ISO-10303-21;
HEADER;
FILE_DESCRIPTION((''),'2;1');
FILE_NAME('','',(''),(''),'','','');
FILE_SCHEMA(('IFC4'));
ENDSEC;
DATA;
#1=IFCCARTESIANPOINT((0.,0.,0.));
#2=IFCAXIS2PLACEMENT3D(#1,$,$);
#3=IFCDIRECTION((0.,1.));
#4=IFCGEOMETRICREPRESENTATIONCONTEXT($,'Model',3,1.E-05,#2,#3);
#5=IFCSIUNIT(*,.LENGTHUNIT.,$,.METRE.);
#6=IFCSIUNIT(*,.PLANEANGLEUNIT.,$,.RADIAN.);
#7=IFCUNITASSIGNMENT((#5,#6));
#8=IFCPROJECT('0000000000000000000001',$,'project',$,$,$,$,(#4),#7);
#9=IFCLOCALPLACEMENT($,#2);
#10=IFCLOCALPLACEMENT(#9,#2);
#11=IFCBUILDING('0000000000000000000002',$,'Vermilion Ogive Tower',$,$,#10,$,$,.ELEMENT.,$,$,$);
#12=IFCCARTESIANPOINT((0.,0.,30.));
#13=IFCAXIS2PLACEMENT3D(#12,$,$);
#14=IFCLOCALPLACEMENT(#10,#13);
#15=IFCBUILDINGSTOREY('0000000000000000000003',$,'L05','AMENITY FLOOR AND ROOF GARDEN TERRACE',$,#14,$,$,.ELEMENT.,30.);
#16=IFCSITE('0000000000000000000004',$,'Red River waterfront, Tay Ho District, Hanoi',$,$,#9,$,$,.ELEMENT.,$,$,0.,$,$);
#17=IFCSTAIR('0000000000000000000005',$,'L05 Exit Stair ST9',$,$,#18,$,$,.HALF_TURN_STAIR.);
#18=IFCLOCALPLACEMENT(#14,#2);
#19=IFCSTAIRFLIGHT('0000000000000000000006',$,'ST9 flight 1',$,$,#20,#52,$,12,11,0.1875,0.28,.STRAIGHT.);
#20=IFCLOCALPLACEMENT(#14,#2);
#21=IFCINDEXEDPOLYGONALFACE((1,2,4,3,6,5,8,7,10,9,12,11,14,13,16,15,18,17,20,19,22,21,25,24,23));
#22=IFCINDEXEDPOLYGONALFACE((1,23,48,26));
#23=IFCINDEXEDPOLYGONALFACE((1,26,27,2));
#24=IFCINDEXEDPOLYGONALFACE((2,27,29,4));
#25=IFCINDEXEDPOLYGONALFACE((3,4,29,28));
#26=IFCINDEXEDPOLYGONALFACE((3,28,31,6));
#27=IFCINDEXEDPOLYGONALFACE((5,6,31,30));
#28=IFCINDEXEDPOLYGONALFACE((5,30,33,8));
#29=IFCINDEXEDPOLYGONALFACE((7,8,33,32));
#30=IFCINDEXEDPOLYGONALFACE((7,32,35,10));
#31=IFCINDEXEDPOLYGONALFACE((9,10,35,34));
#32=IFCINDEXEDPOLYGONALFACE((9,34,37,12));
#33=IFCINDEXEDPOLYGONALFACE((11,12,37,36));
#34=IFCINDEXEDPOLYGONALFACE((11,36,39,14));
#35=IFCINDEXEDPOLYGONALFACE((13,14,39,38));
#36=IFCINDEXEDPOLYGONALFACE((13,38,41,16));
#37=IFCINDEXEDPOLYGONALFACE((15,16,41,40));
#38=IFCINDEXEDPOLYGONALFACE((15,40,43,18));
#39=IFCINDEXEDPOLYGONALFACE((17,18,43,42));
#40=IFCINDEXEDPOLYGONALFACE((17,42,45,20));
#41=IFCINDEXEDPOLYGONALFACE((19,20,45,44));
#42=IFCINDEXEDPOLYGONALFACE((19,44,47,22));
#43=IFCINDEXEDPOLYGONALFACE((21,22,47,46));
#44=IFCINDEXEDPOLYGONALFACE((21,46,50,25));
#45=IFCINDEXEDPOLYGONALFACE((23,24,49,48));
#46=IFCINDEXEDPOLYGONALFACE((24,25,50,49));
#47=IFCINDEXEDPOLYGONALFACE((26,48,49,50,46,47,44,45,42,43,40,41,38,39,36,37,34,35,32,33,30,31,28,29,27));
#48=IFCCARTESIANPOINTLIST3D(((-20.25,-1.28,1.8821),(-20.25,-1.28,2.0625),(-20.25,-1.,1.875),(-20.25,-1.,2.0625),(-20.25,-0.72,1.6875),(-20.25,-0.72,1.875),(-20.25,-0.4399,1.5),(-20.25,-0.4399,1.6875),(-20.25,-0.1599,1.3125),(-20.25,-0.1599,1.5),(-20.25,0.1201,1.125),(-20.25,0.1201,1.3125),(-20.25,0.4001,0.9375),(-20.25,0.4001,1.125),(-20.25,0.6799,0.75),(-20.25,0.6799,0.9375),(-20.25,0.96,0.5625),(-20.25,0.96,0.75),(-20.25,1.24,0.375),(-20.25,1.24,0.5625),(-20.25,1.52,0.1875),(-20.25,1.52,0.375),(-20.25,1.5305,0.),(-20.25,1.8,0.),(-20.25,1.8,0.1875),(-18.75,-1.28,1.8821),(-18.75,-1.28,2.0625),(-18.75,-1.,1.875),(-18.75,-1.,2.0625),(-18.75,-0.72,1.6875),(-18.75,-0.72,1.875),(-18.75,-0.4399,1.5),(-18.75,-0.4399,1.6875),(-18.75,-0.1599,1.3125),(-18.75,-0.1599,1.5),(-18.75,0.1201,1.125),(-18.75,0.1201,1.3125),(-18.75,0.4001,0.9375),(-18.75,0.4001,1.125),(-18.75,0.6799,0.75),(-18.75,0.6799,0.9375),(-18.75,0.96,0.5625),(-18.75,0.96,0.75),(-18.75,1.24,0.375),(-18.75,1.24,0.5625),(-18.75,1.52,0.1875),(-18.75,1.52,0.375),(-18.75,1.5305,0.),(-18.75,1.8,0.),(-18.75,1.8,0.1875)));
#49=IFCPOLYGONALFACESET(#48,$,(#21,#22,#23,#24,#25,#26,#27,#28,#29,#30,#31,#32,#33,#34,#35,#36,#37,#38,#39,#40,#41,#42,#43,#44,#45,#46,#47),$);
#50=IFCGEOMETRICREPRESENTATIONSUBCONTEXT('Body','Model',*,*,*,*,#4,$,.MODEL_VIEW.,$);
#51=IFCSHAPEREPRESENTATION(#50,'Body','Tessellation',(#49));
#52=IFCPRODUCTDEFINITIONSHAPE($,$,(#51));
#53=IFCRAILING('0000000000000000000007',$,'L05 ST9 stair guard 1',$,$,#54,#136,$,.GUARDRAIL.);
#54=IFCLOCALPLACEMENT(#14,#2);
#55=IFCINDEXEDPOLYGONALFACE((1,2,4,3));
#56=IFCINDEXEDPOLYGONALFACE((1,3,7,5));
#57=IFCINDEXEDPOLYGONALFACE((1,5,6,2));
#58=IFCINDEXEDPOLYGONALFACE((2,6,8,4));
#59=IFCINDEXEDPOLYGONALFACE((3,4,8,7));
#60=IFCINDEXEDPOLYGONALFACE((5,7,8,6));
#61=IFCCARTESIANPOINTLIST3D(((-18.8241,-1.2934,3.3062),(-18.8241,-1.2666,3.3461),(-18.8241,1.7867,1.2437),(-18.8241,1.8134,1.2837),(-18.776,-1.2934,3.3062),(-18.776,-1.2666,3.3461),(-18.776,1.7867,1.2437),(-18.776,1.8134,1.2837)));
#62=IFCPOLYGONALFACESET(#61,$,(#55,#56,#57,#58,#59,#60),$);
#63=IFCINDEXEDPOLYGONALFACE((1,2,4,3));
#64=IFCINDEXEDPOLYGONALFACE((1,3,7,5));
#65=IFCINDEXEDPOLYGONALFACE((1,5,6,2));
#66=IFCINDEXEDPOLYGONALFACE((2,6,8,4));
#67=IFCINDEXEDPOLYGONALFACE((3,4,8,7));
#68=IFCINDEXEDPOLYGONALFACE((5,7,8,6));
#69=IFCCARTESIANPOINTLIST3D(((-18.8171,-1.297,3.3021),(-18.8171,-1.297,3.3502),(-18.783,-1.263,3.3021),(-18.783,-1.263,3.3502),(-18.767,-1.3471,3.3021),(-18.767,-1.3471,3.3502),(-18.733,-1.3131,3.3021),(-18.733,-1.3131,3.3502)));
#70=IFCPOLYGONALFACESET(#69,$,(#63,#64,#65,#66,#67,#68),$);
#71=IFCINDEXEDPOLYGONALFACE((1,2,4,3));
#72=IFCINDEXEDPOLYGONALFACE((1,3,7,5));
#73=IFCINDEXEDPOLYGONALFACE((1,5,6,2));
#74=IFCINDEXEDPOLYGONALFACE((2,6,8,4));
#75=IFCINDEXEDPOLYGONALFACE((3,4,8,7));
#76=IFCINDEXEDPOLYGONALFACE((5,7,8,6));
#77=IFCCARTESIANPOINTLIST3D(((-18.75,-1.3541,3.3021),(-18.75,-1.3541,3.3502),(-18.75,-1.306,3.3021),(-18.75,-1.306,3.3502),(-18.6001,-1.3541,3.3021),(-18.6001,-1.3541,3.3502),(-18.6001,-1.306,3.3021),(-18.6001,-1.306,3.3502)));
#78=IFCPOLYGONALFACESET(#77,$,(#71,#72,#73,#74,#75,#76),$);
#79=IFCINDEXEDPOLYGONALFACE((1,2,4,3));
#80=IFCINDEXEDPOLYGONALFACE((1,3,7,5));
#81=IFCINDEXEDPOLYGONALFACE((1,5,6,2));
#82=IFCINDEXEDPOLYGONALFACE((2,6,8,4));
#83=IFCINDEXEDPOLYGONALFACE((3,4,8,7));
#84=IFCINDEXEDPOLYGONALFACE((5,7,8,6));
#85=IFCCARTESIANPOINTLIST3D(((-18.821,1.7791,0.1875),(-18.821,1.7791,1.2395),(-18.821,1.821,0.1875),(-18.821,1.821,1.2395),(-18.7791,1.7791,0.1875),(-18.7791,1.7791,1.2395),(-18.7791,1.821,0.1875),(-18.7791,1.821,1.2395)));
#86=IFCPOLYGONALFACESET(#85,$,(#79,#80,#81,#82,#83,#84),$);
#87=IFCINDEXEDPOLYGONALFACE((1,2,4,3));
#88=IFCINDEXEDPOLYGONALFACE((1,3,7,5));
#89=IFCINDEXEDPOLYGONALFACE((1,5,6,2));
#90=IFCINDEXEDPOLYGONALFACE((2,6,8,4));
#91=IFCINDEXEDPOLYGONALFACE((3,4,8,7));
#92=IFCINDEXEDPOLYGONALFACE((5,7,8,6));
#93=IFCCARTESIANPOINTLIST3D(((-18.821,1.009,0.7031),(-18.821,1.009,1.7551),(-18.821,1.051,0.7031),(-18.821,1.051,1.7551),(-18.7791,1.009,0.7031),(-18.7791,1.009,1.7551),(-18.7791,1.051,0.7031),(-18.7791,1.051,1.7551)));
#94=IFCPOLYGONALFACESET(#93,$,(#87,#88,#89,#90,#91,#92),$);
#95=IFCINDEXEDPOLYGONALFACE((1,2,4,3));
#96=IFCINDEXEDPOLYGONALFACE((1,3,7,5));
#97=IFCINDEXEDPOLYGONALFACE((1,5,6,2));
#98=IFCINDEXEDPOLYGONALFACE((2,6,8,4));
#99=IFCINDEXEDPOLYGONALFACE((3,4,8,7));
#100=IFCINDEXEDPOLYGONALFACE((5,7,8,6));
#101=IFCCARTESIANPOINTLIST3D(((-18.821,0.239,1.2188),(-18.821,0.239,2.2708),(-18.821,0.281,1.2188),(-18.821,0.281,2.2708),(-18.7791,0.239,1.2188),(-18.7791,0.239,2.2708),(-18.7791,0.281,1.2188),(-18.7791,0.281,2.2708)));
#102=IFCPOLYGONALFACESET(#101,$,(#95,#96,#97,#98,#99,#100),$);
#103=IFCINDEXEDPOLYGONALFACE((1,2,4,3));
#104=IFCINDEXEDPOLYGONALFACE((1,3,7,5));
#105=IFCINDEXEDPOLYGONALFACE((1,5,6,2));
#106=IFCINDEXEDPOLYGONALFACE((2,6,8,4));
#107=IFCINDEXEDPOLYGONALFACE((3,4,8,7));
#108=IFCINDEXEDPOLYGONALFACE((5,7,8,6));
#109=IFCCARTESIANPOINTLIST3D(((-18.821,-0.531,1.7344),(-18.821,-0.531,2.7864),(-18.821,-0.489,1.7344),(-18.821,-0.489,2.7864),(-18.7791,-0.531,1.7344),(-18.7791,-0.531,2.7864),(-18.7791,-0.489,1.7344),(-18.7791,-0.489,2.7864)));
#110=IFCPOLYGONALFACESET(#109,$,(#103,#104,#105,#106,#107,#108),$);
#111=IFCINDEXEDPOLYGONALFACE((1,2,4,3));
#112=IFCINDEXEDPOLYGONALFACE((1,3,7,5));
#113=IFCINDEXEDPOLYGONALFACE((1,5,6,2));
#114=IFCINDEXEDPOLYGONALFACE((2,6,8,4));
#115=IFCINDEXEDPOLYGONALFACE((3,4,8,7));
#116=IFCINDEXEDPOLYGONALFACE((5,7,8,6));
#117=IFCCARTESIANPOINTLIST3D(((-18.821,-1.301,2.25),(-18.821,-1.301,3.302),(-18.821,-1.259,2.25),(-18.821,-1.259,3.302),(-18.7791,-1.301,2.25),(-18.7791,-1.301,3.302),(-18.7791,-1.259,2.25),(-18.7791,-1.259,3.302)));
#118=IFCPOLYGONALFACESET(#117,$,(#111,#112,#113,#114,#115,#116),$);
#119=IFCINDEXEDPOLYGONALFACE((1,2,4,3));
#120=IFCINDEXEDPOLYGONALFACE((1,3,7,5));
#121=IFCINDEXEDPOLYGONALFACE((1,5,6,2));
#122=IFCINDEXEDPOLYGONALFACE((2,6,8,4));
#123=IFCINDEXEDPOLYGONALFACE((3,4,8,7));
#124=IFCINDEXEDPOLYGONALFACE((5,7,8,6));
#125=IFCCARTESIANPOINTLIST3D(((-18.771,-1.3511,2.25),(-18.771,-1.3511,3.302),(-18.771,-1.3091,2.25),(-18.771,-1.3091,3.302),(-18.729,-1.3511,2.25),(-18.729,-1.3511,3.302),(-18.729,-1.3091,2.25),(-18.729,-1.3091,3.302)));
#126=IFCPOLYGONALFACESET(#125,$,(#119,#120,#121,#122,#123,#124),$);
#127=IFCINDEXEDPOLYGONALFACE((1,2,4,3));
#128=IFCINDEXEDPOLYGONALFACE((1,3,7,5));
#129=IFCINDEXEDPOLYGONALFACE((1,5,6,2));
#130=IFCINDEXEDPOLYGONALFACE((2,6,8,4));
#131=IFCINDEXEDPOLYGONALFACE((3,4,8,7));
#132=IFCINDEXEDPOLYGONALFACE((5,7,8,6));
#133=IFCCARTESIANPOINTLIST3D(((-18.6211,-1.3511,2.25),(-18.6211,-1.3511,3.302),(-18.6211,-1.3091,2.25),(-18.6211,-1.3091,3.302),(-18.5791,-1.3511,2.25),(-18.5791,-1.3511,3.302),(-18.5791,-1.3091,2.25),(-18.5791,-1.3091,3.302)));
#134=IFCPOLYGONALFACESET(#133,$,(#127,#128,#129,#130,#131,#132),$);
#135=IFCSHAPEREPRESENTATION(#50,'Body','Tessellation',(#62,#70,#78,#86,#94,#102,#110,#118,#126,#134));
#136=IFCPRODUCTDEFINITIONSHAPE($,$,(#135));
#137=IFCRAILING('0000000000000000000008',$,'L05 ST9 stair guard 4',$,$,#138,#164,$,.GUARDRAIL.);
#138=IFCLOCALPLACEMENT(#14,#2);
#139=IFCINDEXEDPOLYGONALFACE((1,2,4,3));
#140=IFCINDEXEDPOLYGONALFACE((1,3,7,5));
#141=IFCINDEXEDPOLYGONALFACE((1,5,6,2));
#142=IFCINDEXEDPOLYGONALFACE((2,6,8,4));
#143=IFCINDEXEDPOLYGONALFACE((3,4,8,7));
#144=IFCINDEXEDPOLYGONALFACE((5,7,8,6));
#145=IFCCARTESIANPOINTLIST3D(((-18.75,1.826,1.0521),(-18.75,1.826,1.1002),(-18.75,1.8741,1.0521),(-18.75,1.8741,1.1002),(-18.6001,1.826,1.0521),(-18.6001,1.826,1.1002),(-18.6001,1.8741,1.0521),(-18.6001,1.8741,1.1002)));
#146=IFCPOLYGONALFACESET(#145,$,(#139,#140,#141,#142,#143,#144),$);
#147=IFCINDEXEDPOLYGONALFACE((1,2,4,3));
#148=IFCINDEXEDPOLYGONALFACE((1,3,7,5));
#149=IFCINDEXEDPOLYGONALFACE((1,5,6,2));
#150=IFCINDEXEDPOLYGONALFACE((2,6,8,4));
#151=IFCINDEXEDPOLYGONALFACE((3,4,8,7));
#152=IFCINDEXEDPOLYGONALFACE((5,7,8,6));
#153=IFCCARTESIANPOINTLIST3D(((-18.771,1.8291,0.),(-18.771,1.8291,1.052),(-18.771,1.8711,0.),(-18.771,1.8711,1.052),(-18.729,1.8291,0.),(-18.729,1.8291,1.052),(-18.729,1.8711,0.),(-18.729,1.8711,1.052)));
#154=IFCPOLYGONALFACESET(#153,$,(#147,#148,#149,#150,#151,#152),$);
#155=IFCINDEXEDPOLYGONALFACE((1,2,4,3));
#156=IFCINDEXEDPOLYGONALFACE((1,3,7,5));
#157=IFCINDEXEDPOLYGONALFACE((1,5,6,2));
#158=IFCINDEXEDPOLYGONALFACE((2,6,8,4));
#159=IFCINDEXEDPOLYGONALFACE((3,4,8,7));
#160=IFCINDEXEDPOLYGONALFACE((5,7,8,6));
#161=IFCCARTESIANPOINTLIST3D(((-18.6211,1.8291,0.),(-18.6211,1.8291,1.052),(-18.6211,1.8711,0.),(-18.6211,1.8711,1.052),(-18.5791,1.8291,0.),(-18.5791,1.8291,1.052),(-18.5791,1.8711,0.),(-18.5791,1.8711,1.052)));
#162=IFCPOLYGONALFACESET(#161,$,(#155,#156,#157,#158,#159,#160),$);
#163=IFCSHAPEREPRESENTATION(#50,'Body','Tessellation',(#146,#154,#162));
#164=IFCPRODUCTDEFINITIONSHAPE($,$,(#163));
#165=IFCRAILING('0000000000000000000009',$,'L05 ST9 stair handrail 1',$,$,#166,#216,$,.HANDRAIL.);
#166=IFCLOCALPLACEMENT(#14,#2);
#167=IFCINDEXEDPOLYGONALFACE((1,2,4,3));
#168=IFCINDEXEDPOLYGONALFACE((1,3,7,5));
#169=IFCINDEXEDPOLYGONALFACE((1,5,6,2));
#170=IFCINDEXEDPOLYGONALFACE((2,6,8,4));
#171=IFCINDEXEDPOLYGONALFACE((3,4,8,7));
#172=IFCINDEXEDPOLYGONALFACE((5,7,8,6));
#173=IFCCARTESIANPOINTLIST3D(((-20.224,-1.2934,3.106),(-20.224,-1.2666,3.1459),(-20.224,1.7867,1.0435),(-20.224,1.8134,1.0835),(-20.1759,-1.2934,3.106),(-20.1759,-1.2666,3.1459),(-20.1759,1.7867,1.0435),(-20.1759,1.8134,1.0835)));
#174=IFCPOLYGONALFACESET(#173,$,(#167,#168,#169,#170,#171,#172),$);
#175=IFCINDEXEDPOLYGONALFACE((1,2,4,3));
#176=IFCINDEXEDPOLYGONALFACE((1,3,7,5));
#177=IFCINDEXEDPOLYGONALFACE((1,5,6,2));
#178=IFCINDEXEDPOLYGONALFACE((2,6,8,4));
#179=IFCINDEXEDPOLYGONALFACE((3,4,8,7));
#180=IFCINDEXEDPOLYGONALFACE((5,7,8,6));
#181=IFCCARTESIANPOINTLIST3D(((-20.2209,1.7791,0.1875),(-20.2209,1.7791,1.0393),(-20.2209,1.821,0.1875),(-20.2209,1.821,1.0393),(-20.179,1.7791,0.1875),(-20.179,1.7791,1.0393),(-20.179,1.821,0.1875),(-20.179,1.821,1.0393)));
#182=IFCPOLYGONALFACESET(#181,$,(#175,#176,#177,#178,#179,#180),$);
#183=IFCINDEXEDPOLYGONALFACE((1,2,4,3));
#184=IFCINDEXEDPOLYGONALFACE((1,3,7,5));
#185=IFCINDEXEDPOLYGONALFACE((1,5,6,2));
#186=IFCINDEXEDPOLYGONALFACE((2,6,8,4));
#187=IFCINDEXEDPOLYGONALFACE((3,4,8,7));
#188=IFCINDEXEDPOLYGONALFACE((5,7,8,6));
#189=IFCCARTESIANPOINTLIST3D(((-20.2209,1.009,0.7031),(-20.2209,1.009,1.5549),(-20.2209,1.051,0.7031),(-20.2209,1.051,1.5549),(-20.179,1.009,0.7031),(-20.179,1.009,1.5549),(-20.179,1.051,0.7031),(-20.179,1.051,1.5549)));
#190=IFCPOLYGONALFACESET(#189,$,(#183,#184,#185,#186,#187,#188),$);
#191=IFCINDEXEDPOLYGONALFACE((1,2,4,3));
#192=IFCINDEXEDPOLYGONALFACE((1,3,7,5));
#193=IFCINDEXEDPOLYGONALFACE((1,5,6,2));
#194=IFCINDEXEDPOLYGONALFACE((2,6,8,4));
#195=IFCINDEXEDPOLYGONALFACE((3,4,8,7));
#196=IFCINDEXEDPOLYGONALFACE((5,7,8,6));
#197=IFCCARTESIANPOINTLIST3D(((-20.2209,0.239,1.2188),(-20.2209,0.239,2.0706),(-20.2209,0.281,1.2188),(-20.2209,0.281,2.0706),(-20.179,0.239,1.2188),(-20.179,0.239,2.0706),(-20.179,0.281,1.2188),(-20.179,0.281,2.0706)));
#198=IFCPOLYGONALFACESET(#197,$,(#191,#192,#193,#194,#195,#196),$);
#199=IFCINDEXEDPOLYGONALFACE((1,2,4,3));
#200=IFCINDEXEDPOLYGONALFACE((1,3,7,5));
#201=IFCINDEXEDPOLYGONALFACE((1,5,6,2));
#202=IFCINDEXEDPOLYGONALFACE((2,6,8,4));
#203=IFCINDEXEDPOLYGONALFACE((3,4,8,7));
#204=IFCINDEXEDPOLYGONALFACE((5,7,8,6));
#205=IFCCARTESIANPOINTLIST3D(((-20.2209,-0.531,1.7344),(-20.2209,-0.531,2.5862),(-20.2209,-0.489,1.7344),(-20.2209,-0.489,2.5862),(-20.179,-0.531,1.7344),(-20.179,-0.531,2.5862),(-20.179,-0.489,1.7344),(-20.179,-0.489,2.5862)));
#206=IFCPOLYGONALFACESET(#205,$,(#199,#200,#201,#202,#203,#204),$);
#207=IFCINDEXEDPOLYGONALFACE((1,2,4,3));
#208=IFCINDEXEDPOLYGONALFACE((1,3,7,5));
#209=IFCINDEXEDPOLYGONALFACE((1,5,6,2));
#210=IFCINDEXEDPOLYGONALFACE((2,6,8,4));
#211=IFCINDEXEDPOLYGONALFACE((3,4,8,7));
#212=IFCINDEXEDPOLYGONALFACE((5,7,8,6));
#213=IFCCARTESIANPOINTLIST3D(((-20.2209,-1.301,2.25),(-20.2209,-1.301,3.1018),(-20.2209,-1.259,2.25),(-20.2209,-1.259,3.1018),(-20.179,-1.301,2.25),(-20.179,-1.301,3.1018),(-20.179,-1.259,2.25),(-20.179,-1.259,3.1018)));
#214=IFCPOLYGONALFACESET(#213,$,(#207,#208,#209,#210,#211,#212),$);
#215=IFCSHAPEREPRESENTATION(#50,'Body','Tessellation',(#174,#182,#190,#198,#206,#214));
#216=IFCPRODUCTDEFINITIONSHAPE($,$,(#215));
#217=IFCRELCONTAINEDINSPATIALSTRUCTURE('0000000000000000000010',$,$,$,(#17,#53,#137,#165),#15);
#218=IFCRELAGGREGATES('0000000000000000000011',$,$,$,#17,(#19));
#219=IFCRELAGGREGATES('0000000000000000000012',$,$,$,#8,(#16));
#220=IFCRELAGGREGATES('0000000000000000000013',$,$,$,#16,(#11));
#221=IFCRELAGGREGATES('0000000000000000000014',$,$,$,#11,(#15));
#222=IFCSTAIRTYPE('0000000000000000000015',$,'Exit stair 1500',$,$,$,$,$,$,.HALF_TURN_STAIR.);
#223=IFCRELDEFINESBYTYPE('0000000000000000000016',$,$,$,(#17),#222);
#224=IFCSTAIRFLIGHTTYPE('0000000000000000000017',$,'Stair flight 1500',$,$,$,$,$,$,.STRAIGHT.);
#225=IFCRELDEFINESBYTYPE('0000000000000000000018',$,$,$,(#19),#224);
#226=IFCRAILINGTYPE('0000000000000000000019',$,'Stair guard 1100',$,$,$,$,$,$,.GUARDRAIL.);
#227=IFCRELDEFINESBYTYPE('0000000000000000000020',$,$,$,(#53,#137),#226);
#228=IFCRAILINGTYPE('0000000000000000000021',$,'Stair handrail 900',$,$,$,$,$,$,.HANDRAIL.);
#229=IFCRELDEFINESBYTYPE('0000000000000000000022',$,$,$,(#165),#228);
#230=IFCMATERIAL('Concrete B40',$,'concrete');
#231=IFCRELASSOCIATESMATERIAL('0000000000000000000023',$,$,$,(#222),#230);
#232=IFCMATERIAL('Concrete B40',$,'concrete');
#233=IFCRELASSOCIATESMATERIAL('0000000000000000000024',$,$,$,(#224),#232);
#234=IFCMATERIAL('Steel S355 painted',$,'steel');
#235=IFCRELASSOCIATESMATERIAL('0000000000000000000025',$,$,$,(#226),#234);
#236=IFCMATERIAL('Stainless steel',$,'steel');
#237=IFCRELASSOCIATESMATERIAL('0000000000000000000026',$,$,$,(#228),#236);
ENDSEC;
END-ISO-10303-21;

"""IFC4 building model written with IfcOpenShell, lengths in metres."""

from ifc_helpers import new_model, si_unit, direction, frame, origin, origin_2d, place, context, subcontext, project, spatial, polyline, rectangle, outline, extrude, material, type_object, element, aggregate, save


model = new_model("IFC4")

# Units and contexts
model_context = context("Model", 3, precision=1e-05, world=origin(), true_north=direction((0.0, 1.0)))
body_context = subcontext(model_context, "Body", "Model", "MODEL_VIEW")
ifc_project = project(units=[si_unit("LENGTHUNIT", "METRE"), si_unit("PLANEANGLEUNIT", "RADIAN")], contexts=[model_context])

# Site, building, storey
site_placement = place(None, origin())
site = spatial("IfcSite", under=ifc_project, at=site_placement, Name="Red River waterfront, Tay Ho District, Hanoi", CompositionType="ELEMENT", RefElevation=0.0)
building_placement = place(site_placement, origin())
building = spatial("IfcBuilding", under=site, at=building_placement, Name="Vermilion Ogive Tower", CompositionType="ELEMENT")
storey_placement = place(building_placement, frame((0.0, 0.0, 30.0)))
storey = spatial("IfcBuildingStorey", under=building, at=storey_placement, Name="L05", Description="AMENITY FLOOR AND ROOF GARDEN TERRACE", CompositionType="ELEMENT", Elevation=30.0)

# Stair, stair flight
ifc_material_1 = material(Name="Concrete B40", Category="concrete")
stair_type = type_object("IfcStairType", Name="Exit stair 1500", PredefinedType="HALF_TURN_STAIR", material=ifc_material_1)
stair_placement = place(storey_placement, origin())
stair = element("IfcStair", 1, at=stair_placement, inside=storey, type_object=stair_type, Name="L05 Exit Stair ST9", PredefinedType="HALF_TURN_STAIR")
ifc_material_2 = material(Name="Concrete B40", Category="concrete")
stair_flight_type = type_object("IfcStairFlightType", Name="Stair flight 1500", PredefinedType="STRAIGHT", material=ifc_material_2)
stair_flight_placement = place(storey_placement, frame((-19.5, 1.8, 0.0), z_axis=(0.0, 0.0, 1.0), x_axis=(0.0, -1.0, 0.0)))
stair_flight = element("IfcStairFlight", 2, at=stair_flight_placement, type_object=stair_flight_type, Name="ST9 flight 1", NumberOfRisers=12, NumberOfTreads=11, PredefinedType="STRAIGHT", RiserHeight=0.1875, TreadLength=0.28, context=body_context, shape_type="SweptSolid", body=[
    extrude(outline(polyline([(0.0, 0.0), (0.0, 0.1875), (0.28, 0.1875), (0.28, 0.375), (0.5601, 0.375), (0.5601, 0.5625), (0.8401, 0.5625), (0.8401, 0.75), (1.1201, 0.75), (1.1201, 0.9375), (1.3999, 0.9375), (1.3999, 1.125), (1.6799, 1.125), (1.6799, 1.3125), (1.96, 1.3125), (1.96, 1.5), (2.24, 1.5), (2.24, 1.6875), (2.52, 1.6875), (2.52, 1.875), (2.8, 1.875), (2.8, 2.0625), (3.0801, 2.0625), (3.0801, 2.25), (3.0801, 1.8821), (0.2695, 0.0), (0.0, 0.0)])), frame((0.0, 0.75, 0.0), z_axis=(0.0, -1.0, 0.0), x_axis=(1.0, 0.0, 0.0)), (0.0, 0.0, 1.0), 1.5),
])
aggregate(stair, [stair_flight])

# Railings
ifc_material_3 = material(Name="Steel S355 painted", Category="steel")
railing_type_1 = type_object("IfcRailingType", Name="Stair guard 1100", PredefinedType="GUARDRAIL", material=ifc_material_3)
railing_1_placement = place(storey_placement, frame((-18.8, 1.8, 0.1875)))
element("IfcRailing", 3, at=railing_1_placement, inside=storey, type_object=railing_type_1, Name="L05 ST9 stair guard 1", PredefinedType="GUARDRAIL", context=body_context, shape_type="SweptSolid", body=[
    extrude(rectangle(XDim=0.0481, YDim=0.0481, at=origin_2d()), frame((0.0, 0.0, 1.0762), z_axis=(0.0, -0.830914, 0.556401), x_axis=(1.0, 0.0, 0.0)), (0.0, 0.0, 1.0), 3.7068),
    extrude(rectangle(XDim=0.0481, YDim=0.0481, at=origin_2d()), frame((0.0, -3.0801, 3.1387), z_axis=(0.707107, -0.707107, 0.0), x_axis=(0.707107, 0.707107, 0.0)), (0.0, 0.0, 1.0), 0.0708),
    extrude(rectangle(XDim=0.0481, YDim=0.0481, at=origin_2d()), frame((0.05, -3.1301, 3.1387), z_axis=(1.0, 0.0, 0.0), x_axis=(0.0, 1.0, 0.0)), (0.0, 0.0, 1.0), 0.1499),
    extrude(rectangle(XDim=0.042, YDim=0.042, at=origin_2d()), origin(), (0.0, 0.0, 1.0), 1.052),
    extrude(rectangle(XDim=0.042, YDim=0.042, at=origin_2d()), frame((0.0, -0.77, 0.5156)), (0.0, 0.0, 1.0), 1.052),
    extrude(rectangle(XDim=0.042, YDim=0.042, at=origin_2d()), frame((0.0, -1.54, 1.0312)), (0.0, 0.0, 1.0), 1.052),
    extrude(rectangle(XDim=0.042, YDim=0.042, at=origin_2d()), frame((0.0, -2.3101, 1.5469)), (0.0, 0.0, 1.0), 1.052),
    extrude(rectangle(XDim=0.042, YDim=0.042, at=origin_2d()), frame((0.0, -3.0801, 2.0625)), (0.0, 0.0, 1.0), 1.052),
    extrude(rectangle(XDim=0.042, YDim=0.042, at=origin_2d()), frame((0.05, -3.1301, 2.0625)), (0.0, 0.0, 1.0), 1.052),
    extrude(rectangle(XDim=0.042, YDim=0.042, at=origin_2d()), frame((0.2, -3.1301, 2.0625)), (0.0, 0.0, 1.0), 1.052),
])
railing_2_placement = place(storey_placement, frame((-18.75, 1.8501, 0.0)))
element("IfcRailing", 4, at=railing_2_placement, inside=storey, type_object=railing_type_1, Name="L05 ST9 stair guard 4", PredefinedType="GUARDRAIL", context=body_context, shape_type="SweptSolid", body=[
    extrude(rectangle(XDim=0.0481, YDim=0.0481, at=origin_2d()), frame((0.0, 0.0, 1.0762), z_axis=(1.0, 0.0, 0.0), x_axis=(0.0, 1.0, 0.0)), (0.0, 0.0, 1.0), 0.1499),
    extrude(rectangle(XDim=0.042, YDim=0.042, at=origin_2d()), origin(), (0.0, 0.0, 1.0), 1.052),
    extrude(rectangle(XDim=0.042, YDim=0.042, at=origin_2d()), frame((0.1499, 0.0, 0.0)), (0.0, 0.0, 1.0), 1.052),
])
ifc_material_4 = material(Name="Stainless steel", Category="steel")
railing_type_2 = type_object("IfcRailingType", Name="Stair handrail 900", PredefinedType="HANDRAIL", material=ifc_material_4)
railing_3_placement = place(storey_placement, frame((-20.2, 1.8, 0.1875)))
element("IfcRailing", 5, at=railing_3_placement, inside=storey, type_object=railing_type_2, Name="L05 ST9 stair handrail 1", PredefinedType="HANDRAIL", context=body_context, shape_type="SweptSolid", body=[
    extrude(rectangle(XDim=0.0481, YDim=0.0481, at=origin_2d()), frame((0.0, 0.0, 0.876), z_axis=(0.0, -0.830914, 0.556401), x_axis=(1.0, 0.0, 0.0)), (0.0, 0.0, 1.0), 3.7068),
    extrude(rectangle(XDim=0.042, YDim=0.042, at=origin_2d()), origin(), (0.0, 0.0, 1.0), 0.8518),
    extrude(rectangle(XDim=0.042, YDim=0.042, at=origin_2d()), frame((0.0, -0.77, 0.5156)), (0.0, 0.0, 1.0), 0.8518),
    extrude(rectangle(XDim=0.042, YDim=0.042, at=origin_2d()), frame((0.0, -1.54, 1.0312)), (0.0, 0.0, 1.0), 0.8518),
    extrude(rectangle(XDim=0.042, YDim=0.042, at=origin_2d()), frame((0.0, -2.3101, 1.5469)), (0.0, 0.0, 1.0), 0.8518),
    extrude(rectangle(XDim=0.042, YDim=0.042, at=origin_2d()), frame((0.0, -3.0801, 2.0625)), (0.0, 0.0, 1.0), 0.8518),
])

save(model, "model.ifc")
